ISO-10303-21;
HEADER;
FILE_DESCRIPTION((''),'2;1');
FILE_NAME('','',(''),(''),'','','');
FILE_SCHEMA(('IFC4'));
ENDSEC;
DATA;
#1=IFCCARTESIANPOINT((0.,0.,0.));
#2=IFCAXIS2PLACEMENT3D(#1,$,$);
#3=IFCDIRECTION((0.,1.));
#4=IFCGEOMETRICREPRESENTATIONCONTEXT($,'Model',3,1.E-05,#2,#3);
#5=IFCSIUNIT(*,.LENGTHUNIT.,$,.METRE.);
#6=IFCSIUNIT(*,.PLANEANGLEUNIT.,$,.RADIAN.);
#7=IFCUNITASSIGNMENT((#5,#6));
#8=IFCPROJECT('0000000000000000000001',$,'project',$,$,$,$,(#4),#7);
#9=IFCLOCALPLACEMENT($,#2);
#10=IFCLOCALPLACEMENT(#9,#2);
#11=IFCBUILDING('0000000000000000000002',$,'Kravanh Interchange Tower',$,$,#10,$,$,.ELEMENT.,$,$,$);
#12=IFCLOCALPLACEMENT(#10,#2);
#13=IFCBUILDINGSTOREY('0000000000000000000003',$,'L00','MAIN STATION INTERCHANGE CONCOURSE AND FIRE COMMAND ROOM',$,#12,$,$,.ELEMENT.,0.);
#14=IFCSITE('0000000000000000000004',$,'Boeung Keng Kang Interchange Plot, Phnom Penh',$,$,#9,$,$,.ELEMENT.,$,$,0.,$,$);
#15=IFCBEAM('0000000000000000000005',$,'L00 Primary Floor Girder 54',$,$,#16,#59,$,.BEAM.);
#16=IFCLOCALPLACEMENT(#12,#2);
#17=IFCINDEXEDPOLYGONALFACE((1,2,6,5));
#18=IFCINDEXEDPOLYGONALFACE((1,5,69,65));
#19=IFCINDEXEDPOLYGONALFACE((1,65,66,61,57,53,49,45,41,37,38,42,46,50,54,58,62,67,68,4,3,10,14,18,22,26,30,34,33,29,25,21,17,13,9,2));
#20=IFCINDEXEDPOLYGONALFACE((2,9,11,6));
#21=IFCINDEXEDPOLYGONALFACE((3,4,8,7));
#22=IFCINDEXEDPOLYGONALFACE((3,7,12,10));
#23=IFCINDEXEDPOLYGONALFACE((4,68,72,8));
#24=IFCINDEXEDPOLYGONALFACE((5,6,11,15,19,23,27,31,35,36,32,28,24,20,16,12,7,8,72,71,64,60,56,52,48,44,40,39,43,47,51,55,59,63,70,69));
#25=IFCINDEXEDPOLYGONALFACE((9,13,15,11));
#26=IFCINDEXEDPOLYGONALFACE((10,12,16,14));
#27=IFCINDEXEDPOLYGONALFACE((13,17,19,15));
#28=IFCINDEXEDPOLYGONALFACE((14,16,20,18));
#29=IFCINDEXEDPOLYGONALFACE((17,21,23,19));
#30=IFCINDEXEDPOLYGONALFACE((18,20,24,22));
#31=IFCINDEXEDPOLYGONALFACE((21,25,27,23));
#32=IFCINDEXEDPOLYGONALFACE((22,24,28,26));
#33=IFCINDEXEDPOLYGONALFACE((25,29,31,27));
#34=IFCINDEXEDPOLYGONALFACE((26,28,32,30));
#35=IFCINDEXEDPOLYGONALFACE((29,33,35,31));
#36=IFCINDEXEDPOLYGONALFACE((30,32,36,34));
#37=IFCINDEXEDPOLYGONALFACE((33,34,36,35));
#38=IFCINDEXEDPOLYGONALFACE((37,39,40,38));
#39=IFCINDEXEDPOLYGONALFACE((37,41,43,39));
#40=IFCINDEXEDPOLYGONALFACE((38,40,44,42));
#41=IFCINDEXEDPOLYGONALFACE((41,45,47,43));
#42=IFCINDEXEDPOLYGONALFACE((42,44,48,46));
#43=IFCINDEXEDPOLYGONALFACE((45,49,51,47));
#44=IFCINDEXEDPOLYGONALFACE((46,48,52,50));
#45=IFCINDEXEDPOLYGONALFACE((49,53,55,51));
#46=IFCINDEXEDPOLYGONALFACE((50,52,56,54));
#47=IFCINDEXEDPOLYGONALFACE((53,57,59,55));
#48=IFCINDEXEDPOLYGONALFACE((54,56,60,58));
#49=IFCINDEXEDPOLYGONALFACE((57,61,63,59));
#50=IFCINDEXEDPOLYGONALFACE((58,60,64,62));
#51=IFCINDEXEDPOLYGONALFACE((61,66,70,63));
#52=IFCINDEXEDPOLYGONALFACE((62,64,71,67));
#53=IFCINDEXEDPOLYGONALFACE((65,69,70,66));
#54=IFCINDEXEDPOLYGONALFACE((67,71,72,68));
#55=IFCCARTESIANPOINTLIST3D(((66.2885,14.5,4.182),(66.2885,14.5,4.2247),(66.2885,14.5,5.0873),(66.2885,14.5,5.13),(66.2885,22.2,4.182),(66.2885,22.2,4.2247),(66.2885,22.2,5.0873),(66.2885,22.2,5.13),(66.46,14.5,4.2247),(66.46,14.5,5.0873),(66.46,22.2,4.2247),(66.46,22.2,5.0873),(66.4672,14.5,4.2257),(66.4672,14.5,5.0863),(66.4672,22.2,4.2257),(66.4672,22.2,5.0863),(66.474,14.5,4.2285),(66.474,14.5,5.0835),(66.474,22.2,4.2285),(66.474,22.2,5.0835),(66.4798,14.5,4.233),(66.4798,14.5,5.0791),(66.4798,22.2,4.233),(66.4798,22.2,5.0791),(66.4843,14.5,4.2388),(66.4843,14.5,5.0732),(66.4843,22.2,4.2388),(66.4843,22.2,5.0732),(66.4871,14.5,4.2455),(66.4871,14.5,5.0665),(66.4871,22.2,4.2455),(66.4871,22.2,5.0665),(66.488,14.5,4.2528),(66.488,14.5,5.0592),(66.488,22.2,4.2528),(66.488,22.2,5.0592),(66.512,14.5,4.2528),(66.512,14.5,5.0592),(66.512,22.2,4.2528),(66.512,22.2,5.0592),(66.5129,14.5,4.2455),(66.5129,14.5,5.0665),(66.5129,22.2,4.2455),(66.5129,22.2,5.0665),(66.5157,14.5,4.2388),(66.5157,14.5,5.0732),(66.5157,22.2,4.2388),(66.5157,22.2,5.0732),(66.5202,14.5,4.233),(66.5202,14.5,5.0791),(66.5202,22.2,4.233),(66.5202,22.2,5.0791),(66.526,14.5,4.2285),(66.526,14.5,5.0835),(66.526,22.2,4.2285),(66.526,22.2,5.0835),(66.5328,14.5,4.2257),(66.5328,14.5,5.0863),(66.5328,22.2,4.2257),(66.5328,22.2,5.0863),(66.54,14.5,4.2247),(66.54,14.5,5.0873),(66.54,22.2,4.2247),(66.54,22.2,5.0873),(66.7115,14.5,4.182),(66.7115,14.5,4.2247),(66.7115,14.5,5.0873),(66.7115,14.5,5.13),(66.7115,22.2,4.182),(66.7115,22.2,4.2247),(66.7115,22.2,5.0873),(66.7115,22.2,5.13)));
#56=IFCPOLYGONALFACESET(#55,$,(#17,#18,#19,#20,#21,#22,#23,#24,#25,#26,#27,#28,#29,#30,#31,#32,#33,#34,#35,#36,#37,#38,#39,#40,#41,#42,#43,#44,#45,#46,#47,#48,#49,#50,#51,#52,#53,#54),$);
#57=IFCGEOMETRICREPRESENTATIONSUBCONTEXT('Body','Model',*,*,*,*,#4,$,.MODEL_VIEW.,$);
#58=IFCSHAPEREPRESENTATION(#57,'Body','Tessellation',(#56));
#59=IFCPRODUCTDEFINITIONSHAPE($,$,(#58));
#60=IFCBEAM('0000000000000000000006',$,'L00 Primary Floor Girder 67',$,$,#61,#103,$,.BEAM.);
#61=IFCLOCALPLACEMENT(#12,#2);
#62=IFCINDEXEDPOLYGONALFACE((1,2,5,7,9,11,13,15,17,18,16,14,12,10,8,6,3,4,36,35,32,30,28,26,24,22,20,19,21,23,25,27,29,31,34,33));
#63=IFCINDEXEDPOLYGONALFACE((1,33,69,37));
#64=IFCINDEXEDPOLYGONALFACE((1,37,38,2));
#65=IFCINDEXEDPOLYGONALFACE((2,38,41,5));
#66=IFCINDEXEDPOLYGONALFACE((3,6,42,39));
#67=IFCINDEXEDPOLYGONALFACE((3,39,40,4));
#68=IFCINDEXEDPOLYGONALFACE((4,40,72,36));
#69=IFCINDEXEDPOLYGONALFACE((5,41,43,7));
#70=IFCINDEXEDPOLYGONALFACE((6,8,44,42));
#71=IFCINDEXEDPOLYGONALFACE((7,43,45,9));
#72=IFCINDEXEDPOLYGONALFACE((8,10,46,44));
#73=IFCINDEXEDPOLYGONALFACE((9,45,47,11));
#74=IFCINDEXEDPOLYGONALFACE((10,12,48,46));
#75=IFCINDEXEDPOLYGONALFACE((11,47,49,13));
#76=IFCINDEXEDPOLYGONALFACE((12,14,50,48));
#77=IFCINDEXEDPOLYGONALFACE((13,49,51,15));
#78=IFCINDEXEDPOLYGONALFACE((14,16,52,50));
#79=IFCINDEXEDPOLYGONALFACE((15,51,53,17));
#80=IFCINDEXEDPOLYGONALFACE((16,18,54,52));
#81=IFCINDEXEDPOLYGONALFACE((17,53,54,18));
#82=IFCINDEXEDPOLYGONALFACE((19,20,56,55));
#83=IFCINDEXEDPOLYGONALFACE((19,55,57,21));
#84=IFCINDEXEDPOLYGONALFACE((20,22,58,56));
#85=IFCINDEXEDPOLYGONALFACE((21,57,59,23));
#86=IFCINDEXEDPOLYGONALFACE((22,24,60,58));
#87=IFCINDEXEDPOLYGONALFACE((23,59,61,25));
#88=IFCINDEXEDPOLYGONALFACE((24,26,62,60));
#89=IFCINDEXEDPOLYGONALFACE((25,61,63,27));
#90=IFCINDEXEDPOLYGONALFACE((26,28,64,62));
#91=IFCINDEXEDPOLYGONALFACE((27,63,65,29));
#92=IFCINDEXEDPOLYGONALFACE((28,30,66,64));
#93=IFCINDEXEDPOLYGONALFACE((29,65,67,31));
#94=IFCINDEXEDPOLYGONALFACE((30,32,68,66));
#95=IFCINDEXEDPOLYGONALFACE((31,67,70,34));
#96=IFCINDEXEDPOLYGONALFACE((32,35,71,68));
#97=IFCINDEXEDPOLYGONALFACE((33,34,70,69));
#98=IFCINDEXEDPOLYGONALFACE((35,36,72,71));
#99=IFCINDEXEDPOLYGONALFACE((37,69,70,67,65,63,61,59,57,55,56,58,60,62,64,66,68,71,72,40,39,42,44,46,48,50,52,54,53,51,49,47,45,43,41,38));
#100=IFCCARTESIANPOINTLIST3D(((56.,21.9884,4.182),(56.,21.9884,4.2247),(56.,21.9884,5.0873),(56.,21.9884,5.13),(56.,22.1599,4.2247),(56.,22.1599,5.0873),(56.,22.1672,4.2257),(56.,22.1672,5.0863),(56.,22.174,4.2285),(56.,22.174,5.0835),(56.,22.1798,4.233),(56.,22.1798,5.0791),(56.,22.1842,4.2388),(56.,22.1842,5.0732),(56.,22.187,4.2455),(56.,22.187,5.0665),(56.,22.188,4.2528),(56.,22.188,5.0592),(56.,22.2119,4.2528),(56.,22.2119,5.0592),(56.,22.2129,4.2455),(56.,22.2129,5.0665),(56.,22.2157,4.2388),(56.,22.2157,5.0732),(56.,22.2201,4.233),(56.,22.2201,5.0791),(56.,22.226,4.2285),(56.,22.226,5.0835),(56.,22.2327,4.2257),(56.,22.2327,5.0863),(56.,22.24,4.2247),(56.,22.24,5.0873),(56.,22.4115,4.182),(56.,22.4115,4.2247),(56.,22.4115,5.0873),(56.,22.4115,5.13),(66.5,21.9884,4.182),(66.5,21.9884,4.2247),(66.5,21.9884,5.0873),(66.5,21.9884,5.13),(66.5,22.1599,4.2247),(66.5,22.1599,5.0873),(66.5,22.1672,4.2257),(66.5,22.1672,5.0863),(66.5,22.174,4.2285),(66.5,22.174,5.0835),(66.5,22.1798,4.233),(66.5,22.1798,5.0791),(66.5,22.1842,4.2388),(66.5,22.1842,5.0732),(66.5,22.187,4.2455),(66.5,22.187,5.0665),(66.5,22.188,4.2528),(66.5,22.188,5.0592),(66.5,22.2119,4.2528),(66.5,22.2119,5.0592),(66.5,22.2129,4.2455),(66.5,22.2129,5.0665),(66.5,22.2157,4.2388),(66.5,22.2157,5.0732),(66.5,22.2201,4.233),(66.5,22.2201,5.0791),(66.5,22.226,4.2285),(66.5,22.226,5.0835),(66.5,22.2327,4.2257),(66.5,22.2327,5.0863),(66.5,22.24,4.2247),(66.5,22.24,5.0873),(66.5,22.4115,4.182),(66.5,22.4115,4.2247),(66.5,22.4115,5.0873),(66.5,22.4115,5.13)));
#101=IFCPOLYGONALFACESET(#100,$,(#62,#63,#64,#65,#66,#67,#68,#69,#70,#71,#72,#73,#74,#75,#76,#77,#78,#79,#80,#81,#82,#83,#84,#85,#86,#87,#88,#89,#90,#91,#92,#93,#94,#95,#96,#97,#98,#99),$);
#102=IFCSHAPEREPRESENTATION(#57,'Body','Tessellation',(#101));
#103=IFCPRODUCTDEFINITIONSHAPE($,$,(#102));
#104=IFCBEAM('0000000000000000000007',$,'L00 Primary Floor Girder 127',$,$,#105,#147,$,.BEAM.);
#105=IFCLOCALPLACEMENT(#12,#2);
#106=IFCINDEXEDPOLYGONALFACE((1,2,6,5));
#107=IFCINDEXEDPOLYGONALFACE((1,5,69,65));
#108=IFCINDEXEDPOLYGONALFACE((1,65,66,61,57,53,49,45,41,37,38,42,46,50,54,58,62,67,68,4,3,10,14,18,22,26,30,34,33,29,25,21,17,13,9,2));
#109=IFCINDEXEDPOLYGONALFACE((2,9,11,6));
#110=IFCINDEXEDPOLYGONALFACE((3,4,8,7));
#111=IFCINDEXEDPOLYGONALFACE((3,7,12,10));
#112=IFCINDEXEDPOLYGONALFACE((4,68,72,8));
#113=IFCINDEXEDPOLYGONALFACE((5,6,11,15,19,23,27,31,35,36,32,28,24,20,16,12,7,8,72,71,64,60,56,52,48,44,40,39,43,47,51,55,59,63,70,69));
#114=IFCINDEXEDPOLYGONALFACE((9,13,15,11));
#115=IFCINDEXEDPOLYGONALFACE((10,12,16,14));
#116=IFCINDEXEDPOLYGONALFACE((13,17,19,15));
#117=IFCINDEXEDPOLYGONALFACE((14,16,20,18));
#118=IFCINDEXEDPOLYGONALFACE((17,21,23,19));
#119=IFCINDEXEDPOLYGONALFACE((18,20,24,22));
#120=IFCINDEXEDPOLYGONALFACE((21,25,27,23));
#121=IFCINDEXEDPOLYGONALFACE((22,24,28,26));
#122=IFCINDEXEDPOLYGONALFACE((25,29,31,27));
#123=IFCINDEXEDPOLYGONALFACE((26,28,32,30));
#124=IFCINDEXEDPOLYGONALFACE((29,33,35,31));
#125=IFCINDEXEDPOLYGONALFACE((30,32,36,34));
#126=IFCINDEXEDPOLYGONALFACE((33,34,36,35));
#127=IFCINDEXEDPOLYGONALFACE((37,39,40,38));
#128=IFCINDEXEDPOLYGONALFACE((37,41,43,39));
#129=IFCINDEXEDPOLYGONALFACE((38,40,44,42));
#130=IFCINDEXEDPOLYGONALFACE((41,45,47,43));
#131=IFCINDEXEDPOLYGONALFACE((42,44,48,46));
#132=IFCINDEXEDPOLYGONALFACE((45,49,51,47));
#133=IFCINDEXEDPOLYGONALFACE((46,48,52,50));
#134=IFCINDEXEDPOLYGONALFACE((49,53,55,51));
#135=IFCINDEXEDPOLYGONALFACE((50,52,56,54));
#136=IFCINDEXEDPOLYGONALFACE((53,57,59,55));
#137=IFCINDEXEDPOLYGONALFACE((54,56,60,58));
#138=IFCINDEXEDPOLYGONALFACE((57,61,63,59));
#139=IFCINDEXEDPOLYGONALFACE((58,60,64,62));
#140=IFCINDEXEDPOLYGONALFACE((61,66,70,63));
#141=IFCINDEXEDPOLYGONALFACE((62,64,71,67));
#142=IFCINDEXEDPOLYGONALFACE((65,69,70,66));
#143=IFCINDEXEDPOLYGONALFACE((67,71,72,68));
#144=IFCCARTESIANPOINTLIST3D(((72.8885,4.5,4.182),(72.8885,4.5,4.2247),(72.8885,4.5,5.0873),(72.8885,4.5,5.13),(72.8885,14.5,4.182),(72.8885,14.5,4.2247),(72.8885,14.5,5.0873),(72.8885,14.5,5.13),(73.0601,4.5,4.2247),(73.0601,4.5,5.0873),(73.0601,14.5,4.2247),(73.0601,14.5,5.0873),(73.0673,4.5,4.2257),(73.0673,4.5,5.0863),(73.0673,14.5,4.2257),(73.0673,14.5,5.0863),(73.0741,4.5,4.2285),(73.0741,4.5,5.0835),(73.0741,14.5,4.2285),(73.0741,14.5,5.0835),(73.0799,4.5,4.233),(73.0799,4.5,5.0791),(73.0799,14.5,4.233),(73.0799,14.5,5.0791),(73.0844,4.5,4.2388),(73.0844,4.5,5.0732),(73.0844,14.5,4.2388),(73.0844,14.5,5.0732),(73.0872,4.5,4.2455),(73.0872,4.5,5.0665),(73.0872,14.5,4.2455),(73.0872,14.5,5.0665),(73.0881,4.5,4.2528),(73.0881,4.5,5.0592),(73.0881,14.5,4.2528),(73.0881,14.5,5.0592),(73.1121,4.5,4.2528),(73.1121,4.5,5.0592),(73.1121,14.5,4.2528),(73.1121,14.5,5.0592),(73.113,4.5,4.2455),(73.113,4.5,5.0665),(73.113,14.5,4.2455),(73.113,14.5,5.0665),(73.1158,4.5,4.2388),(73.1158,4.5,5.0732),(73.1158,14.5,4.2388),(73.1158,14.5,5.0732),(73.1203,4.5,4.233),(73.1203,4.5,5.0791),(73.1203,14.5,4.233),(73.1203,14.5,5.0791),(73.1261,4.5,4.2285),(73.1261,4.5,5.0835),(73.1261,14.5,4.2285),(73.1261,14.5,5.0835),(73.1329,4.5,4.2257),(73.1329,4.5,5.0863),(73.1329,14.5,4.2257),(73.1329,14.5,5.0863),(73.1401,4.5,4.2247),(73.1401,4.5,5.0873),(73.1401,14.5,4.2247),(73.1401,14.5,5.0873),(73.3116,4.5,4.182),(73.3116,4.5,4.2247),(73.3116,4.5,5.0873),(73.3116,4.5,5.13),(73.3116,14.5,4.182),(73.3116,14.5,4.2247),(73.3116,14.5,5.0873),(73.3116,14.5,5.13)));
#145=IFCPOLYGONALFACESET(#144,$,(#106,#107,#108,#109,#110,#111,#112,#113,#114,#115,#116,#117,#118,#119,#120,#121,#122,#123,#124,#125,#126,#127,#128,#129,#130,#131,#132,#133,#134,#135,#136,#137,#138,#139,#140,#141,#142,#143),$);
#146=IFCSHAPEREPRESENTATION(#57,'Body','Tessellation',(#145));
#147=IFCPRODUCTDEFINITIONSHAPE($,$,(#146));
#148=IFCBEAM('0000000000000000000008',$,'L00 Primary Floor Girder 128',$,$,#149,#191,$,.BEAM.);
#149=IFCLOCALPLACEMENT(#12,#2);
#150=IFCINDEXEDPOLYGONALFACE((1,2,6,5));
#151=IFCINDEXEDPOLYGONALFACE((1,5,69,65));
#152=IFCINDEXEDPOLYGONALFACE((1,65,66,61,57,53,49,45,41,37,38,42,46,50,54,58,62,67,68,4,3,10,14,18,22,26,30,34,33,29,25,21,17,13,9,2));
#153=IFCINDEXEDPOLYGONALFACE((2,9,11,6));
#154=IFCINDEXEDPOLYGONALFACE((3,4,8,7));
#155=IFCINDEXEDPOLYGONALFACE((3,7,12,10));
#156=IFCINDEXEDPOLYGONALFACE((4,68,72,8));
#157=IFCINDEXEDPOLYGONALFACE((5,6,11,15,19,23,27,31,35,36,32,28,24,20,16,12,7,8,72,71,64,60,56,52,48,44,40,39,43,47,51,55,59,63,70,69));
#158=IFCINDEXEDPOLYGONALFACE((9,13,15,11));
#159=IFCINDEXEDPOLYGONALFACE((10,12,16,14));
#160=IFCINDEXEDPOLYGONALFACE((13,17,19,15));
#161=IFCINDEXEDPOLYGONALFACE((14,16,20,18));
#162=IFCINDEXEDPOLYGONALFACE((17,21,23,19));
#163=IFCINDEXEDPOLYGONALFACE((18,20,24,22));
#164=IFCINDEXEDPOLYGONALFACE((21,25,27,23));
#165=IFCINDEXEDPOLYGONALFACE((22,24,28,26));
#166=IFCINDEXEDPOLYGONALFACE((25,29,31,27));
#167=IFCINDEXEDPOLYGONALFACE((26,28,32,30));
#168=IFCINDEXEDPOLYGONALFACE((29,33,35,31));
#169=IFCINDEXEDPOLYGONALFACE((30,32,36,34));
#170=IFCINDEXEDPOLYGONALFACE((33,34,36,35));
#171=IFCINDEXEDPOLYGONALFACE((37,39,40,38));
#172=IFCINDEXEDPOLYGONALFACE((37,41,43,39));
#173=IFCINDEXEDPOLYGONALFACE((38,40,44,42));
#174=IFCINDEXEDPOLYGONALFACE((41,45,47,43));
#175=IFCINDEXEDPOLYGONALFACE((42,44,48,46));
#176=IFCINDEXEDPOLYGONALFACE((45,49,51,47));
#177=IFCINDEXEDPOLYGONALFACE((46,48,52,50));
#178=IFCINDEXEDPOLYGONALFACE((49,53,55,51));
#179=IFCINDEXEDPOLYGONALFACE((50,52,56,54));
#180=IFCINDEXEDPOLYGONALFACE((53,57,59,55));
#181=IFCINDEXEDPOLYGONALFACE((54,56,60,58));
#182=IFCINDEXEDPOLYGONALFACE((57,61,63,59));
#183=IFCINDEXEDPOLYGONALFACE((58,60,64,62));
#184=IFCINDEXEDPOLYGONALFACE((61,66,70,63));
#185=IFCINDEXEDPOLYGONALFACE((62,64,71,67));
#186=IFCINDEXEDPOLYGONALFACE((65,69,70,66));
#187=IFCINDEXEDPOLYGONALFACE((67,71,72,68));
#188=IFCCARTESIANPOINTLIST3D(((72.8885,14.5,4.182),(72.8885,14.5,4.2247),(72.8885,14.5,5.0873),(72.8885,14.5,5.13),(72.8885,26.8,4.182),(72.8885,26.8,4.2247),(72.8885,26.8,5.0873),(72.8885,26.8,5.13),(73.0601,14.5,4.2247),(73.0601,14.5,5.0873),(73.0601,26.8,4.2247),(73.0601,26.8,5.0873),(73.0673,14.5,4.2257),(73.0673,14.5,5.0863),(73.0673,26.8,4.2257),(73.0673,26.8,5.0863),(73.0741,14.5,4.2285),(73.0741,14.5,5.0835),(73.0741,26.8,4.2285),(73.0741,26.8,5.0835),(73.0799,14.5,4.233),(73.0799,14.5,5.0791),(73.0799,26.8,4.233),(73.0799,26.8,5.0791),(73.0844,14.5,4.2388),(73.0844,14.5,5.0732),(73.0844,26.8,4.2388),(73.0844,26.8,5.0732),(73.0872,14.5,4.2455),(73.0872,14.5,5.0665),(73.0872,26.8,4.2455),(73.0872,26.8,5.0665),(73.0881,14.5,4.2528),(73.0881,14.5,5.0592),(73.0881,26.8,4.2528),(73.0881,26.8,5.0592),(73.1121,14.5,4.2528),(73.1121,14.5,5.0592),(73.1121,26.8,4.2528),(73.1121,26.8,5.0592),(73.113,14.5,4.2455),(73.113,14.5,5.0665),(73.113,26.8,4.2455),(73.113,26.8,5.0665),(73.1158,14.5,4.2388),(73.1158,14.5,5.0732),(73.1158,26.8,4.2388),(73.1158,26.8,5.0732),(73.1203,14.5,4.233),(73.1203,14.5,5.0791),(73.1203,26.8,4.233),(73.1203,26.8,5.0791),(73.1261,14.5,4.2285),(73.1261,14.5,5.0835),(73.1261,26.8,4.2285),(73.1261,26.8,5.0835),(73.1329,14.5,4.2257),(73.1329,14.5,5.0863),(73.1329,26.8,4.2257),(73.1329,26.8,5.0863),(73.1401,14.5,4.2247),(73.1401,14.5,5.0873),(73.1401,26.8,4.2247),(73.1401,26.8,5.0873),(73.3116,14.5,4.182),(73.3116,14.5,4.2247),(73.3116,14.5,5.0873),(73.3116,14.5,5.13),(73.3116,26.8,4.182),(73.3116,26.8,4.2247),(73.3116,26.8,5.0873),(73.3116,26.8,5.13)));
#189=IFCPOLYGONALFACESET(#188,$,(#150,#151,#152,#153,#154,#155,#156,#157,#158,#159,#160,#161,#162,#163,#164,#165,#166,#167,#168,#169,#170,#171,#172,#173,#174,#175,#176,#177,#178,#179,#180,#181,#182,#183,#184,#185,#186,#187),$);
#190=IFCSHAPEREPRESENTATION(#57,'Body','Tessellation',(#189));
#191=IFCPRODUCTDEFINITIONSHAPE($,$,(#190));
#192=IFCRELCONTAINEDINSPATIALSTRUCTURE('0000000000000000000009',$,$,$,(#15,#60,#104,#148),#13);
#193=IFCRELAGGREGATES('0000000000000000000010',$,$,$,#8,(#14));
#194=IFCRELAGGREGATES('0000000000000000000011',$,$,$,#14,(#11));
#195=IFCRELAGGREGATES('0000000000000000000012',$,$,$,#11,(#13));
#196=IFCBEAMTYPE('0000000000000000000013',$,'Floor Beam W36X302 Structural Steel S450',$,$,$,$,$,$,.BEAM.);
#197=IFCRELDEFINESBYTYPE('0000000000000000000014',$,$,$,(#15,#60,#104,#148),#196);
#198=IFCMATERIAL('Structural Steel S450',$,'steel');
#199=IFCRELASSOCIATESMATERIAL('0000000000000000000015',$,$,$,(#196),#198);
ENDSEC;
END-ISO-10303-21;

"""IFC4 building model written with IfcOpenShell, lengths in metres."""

from ifc_helpers import new_model, si_unit, direction, frame, origin, origin_2d, place, context, subcontext, project, spatial, i_section, extrude, material, material_profile, profile_set, type_object, element, save


model = new_model("IFC4")

# Units and contexts
model_context = context("Model", 3, precision=1e-05, world=origin(), true_north=direction((0.0, 1.0)))
body_context = subcontext(model_context, "Body", "Model", "MODEL_VIEW")
ifc_project = project(units=[si_unit("LENGTHUNIT", "METRE"), si_unit("PLANEANGLEUNIT", "RADIAN")], contexts=[model_context])

# Site, building, storey
site_placement = place(None, origin())
site = spatial("IfcSite", under=ifc_project, at=site_placement, Name="Boeung Keng Kang Interchange Plot, Phnom Penh", CompositionType="ELEMENT", RefElevation=0.0)
building_placement = place(site_placement, origin())
building = spatial("IfcBuilding", under=site, at=building_placement, Name="Kravanh Interchange Tower", CompositionType="ELEMENT")
storey_placement = place(building_placement, origin())
storey = spatial("IfcBuildingStorey", under=building, at=storey_placement, Name="L00", Description="MAIN STATION INTERCHANGE CONCOURSE AND FIRE COMMAND ROOM", CompositionType="ELEMENT", Elevation=0.0)

# Beams
ifc_material_1 = material(Name="Structural Steel S450", Category="steel")
ifc_material_profile_1 = material_profile(ifc_material_1, i_section(OverallWidth=0.4231, OverallDepth=0.948, WebThickness=0.0239, FlangeThickness=0.0427, FilletRadius=0.0281, at=origin_2d()), Name="W36X302")
ifc_profile_set_1 = profile_set([ifc_material_profile_1], Name="Structural Steel S450")
beam_type_1 = type_object("IfcBeamType", Name="Floor Beam W36X302 Structural Steel S450", PredefinedType="BEAM", material=ifc_profile_set_1)
beam_1_placement = place(storey_placement, frame((66.5, 14.5, 4.656), z_axis=(0.0, 1.0, 0.0), x_axis=(-1.0, 0.0, 0.0)))
element("IfcBeam", 1, at=beam_1_placement, inside=storey, type_object=beam_type_1, Name="L00 Primary Floor Girder 54", PredefinedType="BEAM", context=body_context, shape_type="SweptSolid", body=[
    extrude(i_section(OverallWidth=0.4231, OverallDepth=0.948, WebThickness=0.0239, FlangeThickness=0.0427, FilletRadius=0.0281, at=origin_2d()), origin(), (0.0, 0.0, 1.0), 7.7),
])
beam_2_placement = place(storey_placement, frame((56.0, 22.2, 4.656), z_axis=(1.0, 0.0, 0.0), x_axis=(0.0, 1.0, 0.0)))
element("IfcBeam", 2, at=beam_2_placement, inside=storey, type_object=beam_type_1, Name="L00 Primary Floor Girder 67", PredefinedType="BEAM", context=body_context, shape_type="SweptSolid", body=[
    extrude(i_section(OverallWidth=0.4231, OverallDepth=0.948, WebThickness=0.0239, FlangeThickness=0.0427, FilletRadius=0.0281, at=origin_2d()), origin(), (0.0, 0.0, 1.0), 10.5),
])
beam_3_placement = place(storey_placement, frame((73.1001, 4.5, 4.656), z_axis=(0.0, 1.0, 0.0), x_axis=(-1.0, 0.0, 0.0)))
element("IfcBeam", 3, at=beam_3_placement, inside=storey, type_object=beam_type_1, Name="L00 Primary Floor Girder 127", PredefinedType="BEAM", context=body_context, shape_type="SweptSolid", body=[
    extrude(i_section(OverallWidth=0.4231, OverallDepth=0.948, WebThickness=0.0239, FlangeThickness=0.0427, FilletRadius=0.0281, at=origin_2d()), origin(), (0.0, 0.0, 1.0), 10.0),
])
beam_4_placement = place(storey_placement, frame((73.1001, 14.5, 4.656), z_axis=(0.0, 1.0, 0.0), x_axis=(-1.0, 0.0, 0.0)))
element("IfcBeam", 4, at=beam_4_placement, inside=storey, type_object=beam_type_1, Name="L00 Primary Floor Girder 128", PredefinedType="BEAM", context=body_context, shape_type="SweptSolid", body=[
    extrude(i_section(OverallWidth=0.4231, OverallDepth=0.948, WebThickness=0.0239, FlangeThickness=0.0427, FilletRadius=0.0281, at=origin_2d()), origin(), (0.0, 0.0, 1.0), 12.3),
])

save(model, "model.ifc")
